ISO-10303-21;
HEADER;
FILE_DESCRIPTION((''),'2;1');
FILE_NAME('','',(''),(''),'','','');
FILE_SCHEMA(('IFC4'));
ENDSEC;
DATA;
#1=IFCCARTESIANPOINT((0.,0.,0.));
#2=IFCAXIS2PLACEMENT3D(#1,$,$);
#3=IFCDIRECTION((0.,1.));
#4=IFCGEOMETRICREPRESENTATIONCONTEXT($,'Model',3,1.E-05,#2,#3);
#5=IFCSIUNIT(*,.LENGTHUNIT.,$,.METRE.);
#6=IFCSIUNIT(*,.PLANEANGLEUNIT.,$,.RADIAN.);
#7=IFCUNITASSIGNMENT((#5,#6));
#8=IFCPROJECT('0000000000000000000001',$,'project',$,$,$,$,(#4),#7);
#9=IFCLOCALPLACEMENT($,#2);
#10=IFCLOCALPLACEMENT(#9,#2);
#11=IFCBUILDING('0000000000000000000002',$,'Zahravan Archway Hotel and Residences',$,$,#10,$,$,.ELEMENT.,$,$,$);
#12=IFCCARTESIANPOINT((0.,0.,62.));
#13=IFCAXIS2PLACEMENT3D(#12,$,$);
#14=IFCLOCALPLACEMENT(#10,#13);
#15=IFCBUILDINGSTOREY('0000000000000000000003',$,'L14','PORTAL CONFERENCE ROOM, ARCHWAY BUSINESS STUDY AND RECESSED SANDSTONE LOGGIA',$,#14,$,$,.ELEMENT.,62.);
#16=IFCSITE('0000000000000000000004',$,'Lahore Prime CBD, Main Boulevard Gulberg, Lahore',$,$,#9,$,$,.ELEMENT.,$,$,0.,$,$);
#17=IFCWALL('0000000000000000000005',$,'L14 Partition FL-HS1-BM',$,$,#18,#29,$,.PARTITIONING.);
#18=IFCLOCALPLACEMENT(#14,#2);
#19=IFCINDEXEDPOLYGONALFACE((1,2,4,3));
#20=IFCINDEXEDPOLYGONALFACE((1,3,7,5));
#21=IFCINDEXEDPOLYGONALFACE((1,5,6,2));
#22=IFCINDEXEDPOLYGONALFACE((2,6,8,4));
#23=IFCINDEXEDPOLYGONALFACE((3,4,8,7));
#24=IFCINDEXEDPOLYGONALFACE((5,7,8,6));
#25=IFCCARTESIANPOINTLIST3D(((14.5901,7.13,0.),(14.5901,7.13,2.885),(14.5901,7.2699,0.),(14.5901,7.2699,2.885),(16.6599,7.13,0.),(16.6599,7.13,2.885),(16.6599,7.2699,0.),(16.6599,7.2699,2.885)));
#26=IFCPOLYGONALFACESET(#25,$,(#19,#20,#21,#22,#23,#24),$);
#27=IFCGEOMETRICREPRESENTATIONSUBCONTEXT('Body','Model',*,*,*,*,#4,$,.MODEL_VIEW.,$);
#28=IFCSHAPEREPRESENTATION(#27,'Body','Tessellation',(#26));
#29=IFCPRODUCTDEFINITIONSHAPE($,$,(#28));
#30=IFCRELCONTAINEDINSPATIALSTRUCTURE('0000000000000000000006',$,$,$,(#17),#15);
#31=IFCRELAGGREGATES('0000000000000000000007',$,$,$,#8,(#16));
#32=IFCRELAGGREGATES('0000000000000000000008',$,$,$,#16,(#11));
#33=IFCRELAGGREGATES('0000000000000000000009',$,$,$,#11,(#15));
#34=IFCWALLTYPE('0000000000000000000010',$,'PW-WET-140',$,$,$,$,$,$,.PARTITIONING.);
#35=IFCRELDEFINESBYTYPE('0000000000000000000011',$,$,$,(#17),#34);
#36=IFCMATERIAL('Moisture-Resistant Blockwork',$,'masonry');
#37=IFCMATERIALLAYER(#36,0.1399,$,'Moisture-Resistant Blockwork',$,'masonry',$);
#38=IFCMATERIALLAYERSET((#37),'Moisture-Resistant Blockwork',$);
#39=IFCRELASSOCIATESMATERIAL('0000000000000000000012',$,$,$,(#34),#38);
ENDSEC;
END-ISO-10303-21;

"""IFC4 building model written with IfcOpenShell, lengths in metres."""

from ifc_helpers import new_model, si_unit, direction, frame, frame_2d, origin, place, context, subcontext, project, spatial, rectangle, extrude, material, layer, layer_set, type_object, element, save


model = new_model("IFC4")

# Units and contexts
model_context = context("Model", 3, precision=1e-05, world=origin(), true_north=direction((0.0, 1.0)))
body_context = subcontext(model_context, "Body", "Model", "MODEL_VIEW")
ifc_project = project(units=[si_unit("LENGTHUNIT", "METRE"), si_unit("PLANEANGLEUNIT", "RADIAN")], contexts=[model_context])

# Site, building, storey
site_placement = place(None, origin())
site = spatial("IfcSite", under=ifc_project, at=site_placement, Name="Lahore Prime CBD, Main Boulevard Gulberg, Lahore", CompositionType="ELEMENT", RefElevation=0.0)
building_placement = place(site_placement, origin())
building = spatial("IfcBuilding", under=site, at=building_placement, Name="Zahravan Archway Hotel and Residences", CompositionType="ELEMENT")
storey_placement = place(building_placement, frame((0.0, 0.0, 62.0)))
storey = spatial("IfcBuildingStorey", under=building, at=storey_placement, Name="L14", Description="PORTAL CONFERENCE ROOM, ARCHWAY BUSINESS STUDY AND RECESSED SANDSTONE LOGGIA", CompositionType="ELEMENT", Elevation=62.0)

# Wall
ifc_material_1 = material(Name="Moisture-Resistant Blockwork", Category="masonry")
ifc_layer_1 = layer(ifc_material_1, 0.1399, Name="Moisture-Resistant Blockwork", Category="masonry")
ifc_layer_set_1 = layer_set([ifc_layer_1], Name="Moisture-Resistant Blockwork")
wall_type_1 = type_object("IfcWallType", Name="PW-WET-140", PredefinedType="PARTITIONING", material=ifc_layer_set_1)
wall_1_placement = place(storey_placement, frame((14.5901, 7.2, 0.0), z_axis=(0.0, 0.0, 1.0), x_axis=(1.0, 0.0, 0.0)))
element("IfcWall", 1, at=wall_1_placement, inside=storey, type_object=wall_type_1, Name="L14 Partition FL-HS1-BM", PredefinedType="PARTITIONING", context=body_context, shape_type="SweptSolid", body=[
    extrude(rectangle(XDim=2.0698, YDim=0.1399, at=frame_2d((1.0349, 0.0))), origin(), (0.0, 0.0, 1.0), 2.885),
])

save(model, "model.ifc")
